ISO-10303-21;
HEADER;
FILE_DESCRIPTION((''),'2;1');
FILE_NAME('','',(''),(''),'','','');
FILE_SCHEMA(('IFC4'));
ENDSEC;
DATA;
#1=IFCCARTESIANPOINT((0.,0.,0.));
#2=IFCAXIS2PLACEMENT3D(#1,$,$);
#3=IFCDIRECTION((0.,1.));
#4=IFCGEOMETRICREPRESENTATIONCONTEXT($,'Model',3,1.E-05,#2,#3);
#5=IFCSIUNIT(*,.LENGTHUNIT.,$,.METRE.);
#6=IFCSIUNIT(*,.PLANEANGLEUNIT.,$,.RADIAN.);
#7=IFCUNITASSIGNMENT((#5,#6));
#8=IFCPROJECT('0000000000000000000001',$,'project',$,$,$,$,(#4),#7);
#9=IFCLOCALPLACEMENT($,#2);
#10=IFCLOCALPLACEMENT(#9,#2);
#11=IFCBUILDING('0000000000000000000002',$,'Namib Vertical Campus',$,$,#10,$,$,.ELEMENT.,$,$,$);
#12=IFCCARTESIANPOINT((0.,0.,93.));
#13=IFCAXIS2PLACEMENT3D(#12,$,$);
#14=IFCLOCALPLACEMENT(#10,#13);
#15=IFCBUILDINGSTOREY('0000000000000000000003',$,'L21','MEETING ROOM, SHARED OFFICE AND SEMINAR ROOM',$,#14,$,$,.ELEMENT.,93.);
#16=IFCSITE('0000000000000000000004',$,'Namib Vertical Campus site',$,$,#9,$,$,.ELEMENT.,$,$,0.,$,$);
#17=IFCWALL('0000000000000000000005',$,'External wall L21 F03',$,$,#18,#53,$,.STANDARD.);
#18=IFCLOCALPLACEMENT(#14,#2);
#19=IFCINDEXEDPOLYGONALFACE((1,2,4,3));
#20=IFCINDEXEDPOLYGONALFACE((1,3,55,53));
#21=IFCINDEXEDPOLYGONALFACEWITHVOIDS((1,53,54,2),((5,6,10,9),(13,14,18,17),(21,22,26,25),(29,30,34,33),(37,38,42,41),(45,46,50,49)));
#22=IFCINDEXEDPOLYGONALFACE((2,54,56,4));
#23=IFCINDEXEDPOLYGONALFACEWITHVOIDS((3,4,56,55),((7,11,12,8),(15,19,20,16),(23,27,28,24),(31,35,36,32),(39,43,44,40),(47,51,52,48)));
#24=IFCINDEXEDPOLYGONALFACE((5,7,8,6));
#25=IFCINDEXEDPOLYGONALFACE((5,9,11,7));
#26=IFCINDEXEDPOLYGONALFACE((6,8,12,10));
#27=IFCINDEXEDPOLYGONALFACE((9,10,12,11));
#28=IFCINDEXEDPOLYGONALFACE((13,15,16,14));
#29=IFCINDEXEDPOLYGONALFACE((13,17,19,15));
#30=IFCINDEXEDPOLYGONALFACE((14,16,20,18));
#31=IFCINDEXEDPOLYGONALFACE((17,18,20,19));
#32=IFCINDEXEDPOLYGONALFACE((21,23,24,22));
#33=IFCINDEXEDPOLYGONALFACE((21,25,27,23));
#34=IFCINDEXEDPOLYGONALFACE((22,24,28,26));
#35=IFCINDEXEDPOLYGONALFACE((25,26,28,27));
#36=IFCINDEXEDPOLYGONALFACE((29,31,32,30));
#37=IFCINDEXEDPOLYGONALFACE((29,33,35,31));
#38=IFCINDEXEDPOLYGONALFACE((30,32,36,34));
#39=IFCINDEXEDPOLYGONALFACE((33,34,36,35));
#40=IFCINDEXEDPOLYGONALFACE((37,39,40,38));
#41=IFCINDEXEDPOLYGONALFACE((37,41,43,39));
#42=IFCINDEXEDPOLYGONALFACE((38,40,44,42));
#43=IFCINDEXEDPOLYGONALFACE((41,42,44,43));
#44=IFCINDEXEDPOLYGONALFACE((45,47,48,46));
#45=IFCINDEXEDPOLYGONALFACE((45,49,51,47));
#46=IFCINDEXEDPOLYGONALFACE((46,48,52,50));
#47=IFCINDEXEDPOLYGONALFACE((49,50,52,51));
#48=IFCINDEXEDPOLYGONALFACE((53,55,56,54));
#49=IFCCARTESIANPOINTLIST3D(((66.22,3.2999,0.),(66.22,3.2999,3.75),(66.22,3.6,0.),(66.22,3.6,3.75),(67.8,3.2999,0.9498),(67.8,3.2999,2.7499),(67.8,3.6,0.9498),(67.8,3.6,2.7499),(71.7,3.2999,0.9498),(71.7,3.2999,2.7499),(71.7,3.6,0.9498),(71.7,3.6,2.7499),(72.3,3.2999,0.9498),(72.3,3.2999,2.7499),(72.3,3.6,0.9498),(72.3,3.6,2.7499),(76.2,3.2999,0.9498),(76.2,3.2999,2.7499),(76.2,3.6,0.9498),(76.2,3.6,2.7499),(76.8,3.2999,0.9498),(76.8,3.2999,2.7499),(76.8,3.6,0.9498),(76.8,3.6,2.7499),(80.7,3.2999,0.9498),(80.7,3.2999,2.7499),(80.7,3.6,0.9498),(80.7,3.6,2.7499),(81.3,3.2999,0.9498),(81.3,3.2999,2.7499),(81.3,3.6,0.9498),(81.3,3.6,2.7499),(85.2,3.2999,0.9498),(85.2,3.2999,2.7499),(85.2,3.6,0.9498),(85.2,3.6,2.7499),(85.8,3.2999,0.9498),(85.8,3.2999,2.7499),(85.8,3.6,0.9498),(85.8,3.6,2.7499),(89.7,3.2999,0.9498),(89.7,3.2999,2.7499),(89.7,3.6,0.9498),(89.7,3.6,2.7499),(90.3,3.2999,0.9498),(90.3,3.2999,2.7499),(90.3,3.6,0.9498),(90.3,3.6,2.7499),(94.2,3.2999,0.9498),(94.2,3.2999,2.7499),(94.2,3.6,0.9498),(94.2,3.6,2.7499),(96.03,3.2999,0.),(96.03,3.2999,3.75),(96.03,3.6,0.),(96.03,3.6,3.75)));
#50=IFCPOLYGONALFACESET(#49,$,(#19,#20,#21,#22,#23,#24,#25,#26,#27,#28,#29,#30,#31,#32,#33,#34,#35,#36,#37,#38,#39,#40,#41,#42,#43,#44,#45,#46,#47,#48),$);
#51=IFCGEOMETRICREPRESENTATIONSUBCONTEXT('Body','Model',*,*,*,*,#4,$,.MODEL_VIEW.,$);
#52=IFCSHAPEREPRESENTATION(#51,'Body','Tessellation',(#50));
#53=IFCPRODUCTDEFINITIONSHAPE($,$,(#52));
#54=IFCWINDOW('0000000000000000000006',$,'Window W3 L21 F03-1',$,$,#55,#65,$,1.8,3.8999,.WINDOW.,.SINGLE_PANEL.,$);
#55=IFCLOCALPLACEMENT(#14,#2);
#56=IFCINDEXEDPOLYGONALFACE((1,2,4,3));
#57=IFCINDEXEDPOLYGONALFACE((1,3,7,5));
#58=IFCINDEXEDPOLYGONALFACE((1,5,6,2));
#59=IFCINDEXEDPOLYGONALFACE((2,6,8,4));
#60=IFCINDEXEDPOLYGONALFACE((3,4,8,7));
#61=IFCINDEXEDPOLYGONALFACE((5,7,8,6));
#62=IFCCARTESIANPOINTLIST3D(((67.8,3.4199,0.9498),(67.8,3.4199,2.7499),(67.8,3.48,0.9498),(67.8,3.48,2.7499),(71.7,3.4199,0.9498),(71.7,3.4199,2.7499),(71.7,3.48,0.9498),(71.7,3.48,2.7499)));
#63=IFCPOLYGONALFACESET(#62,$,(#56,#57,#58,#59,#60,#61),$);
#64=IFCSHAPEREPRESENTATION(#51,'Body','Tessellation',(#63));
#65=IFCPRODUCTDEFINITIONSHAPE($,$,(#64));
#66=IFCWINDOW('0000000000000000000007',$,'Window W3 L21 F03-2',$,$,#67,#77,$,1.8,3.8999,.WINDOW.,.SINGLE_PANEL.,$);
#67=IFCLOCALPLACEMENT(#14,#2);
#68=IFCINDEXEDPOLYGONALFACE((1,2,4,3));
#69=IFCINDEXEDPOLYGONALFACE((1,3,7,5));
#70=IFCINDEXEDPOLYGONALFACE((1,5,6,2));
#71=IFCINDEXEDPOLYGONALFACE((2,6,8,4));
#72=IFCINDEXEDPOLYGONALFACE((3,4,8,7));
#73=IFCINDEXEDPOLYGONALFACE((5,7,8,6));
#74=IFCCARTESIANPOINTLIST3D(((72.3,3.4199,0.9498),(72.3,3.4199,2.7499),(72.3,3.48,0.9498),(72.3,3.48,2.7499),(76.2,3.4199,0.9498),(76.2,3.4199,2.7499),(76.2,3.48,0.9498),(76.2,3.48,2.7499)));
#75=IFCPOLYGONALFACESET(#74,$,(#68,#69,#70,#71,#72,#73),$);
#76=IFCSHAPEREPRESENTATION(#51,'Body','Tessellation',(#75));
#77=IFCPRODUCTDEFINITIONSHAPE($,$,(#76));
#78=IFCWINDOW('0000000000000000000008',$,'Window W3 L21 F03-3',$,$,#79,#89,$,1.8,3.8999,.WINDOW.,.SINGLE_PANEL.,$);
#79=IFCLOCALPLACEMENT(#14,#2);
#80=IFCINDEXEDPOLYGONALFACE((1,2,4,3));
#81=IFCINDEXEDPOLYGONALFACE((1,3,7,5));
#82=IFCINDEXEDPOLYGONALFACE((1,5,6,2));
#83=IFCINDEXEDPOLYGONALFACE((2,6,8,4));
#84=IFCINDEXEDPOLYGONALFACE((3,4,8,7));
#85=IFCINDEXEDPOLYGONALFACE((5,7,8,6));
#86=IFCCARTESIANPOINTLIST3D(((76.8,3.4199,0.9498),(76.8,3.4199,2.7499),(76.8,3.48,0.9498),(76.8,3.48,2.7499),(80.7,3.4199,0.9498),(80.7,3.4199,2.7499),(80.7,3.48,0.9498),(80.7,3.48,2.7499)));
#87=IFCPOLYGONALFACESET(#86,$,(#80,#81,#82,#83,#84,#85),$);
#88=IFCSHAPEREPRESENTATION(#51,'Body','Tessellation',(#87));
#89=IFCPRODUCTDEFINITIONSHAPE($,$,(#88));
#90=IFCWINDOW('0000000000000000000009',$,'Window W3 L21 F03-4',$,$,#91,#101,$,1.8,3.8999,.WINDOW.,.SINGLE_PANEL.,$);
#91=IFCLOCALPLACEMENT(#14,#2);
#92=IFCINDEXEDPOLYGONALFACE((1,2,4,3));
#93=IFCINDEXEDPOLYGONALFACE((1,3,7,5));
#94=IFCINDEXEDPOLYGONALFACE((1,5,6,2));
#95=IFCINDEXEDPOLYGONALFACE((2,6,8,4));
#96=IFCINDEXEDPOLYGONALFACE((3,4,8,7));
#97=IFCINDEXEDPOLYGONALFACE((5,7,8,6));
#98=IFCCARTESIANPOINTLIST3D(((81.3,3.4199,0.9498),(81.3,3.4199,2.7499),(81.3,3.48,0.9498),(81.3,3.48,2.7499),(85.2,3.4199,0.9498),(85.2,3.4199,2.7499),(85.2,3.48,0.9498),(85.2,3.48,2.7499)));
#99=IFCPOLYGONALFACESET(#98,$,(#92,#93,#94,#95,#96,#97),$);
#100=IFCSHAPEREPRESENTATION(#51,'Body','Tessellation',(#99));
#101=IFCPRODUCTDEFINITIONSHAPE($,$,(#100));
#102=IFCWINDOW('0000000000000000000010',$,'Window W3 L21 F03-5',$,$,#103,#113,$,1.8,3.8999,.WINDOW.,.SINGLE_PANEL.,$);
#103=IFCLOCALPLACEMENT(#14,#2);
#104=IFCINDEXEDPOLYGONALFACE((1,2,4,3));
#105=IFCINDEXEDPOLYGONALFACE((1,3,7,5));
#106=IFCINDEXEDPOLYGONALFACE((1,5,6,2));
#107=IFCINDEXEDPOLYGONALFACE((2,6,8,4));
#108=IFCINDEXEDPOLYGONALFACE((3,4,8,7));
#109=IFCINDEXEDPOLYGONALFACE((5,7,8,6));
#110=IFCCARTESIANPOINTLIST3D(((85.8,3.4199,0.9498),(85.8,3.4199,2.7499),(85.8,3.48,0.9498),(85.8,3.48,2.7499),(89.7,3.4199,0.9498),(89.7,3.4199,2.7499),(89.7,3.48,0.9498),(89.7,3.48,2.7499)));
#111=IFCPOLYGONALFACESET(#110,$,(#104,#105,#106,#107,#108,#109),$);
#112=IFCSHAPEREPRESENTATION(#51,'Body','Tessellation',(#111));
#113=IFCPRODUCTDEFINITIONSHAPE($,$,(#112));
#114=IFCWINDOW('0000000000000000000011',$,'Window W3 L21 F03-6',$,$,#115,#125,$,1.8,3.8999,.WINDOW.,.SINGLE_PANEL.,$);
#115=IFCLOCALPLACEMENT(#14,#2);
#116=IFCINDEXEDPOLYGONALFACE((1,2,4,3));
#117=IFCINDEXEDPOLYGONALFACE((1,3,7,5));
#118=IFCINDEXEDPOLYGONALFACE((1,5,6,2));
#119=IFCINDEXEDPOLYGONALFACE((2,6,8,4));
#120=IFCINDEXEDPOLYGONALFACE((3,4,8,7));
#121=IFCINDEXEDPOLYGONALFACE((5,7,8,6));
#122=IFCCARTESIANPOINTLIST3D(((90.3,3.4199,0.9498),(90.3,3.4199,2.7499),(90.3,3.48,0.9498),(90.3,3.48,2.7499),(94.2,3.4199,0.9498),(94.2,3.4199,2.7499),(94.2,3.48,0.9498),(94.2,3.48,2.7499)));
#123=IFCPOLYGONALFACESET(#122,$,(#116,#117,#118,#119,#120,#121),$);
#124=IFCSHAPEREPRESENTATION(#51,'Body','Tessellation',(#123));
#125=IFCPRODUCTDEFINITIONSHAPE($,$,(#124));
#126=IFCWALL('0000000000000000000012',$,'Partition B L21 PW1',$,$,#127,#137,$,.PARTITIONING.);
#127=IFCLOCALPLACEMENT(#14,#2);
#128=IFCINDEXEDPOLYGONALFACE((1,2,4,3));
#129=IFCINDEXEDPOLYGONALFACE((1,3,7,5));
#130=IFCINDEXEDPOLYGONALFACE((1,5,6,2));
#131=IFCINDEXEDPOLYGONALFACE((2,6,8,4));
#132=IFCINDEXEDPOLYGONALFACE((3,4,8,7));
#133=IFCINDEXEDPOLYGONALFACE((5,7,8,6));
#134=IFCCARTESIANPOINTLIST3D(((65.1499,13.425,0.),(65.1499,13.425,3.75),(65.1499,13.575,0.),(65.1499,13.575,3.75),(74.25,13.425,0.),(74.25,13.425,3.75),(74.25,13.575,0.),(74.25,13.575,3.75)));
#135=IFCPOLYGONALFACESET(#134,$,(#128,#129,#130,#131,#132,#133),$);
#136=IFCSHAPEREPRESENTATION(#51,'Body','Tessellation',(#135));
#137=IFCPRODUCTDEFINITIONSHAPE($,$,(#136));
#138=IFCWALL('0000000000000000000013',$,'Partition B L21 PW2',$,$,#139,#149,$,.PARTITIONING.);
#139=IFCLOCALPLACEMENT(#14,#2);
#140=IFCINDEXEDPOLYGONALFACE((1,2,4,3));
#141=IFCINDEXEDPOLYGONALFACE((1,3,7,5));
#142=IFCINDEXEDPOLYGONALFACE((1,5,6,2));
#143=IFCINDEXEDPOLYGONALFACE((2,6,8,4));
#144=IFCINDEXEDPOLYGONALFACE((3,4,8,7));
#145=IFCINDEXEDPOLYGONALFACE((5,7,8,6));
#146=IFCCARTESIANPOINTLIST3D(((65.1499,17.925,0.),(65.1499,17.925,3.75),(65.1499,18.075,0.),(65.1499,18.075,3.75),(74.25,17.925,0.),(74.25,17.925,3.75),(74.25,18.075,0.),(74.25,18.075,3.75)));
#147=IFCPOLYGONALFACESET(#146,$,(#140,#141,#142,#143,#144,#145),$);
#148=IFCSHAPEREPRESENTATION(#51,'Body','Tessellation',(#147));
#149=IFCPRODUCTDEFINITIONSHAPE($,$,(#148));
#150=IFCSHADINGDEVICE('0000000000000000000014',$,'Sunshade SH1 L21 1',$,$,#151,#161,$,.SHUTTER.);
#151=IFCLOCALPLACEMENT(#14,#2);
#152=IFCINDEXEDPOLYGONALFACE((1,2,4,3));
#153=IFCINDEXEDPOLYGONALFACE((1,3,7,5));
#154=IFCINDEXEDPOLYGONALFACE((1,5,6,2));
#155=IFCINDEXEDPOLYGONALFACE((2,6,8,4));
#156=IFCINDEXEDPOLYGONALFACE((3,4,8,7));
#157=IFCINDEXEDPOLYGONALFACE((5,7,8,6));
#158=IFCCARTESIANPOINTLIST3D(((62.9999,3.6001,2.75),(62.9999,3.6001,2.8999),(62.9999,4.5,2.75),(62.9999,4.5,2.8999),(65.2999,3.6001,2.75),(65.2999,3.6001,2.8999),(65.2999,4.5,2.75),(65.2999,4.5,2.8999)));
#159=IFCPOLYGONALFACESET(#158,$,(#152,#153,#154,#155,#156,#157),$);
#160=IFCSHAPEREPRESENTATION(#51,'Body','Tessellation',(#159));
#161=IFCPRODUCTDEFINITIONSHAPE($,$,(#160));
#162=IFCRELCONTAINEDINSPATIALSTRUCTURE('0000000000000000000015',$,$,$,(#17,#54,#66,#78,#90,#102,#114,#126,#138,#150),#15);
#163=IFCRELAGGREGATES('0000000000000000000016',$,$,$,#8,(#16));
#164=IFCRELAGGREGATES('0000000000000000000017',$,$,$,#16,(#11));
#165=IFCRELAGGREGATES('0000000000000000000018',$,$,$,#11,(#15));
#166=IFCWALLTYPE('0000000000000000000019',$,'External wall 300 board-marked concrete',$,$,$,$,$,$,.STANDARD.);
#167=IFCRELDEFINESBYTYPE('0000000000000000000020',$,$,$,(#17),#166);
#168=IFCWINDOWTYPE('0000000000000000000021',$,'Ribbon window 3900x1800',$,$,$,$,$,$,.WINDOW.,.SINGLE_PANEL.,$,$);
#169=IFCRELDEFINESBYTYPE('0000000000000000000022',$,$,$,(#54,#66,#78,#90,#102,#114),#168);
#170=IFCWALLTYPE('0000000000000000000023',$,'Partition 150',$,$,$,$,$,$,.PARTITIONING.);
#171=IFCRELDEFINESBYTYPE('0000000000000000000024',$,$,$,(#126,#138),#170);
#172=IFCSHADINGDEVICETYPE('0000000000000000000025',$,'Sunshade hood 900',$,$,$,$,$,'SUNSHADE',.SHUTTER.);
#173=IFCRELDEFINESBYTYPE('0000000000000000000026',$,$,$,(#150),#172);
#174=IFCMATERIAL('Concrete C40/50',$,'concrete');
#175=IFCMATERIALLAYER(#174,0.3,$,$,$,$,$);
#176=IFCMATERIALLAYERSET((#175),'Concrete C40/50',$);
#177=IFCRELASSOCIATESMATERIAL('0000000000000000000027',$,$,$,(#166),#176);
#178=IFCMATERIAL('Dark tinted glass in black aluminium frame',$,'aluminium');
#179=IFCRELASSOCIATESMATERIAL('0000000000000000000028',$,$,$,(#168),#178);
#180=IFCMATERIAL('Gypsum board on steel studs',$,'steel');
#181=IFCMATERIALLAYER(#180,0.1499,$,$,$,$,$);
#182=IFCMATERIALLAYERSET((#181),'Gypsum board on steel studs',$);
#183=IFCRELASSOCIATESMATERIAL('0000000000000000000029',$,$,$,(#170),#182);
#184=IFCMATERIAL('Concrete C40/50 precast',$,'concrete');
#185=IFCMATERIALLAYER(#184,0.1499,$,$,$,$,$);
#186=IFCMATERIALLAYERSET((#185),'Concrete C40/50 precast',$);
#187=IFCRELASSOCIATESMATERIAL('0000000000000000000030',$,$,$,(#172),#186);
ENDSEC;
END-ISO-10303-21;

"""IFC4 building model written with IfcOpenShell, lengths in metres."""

from ifc_helpers import new_model, si_unit, direction, frame, frame_2d, origin, origin_2d, place, context, subcontext, project, spatial, rectangle, extrude, material, layer, layer_set, type_object, element, fill, save


model = new_model("IFC4")

# Units and contexts
model_context = context("Model", 3, precision=1e-05, world=origin(), true_north=direction((0.0, 1.0)))
body_context = subcontext(model_context, "Body", "Model", "MODEL_VIEW")
ifc_project = project(units=[si_unit("LENGTHUNIT", "METRE"), si_unit("PLANEANGLEUNIT", "RADIAN")], contexts=[model_context])

# Site, building, storey
site_placement = place(None, origin())
site = spatial("IfcSite", under=ifc_project, at=site_placement, Name="Namib Vertical Campus site", CompositionType="ELEMENT", RefElevation=0.0)
building_placement = place(site_placement, origin())
building = spatial("IfcBuilding", under=site, at=building_placement, Name="Namib Vertical Campus", CompositionType="ELEMENT")
storey_placement = place(building_placement, frame((0.0, 0.0, 93.0)))
storey = spatial("IfcBuildingStorey", under=building, at=storey_placement, Name="L21", Description="MEETING ROOM, SHARED OFFICE AND SEMINAR ROOM", CompositionType="ELEMENT", Elevation=93.0)

# Shared definitions
ifc_material_1 = material(Name="Concrete C40/50", Category="concrete")
ifc_layer_1 = layer(ifc_material_1, 0.3)
ifc_layer_set_1 = layer_set([ifc_layer_1], Name="Concrete C40/50")
wall_type_1 = type_object("IfcWallType", Name="External wall 300 board-marked concrete", PredefinedType="STANDARD", material=ifc_layer_set_1)
ifc_material_2 = material(Name="Dark tinted glass in black aluminium frame", Category="aluminium")
window_type = type_object("IfcWindowType", Name="Ribbon window 3900x1800", PartitioningType="SINGLE_PANEL", PredefinedType="WINDOW", material=ifc_material_2)

# Wall, openings, windows
wall_1_placement = place(storey_placement, frame((66.22, 3.45, 0.0), z_axis=(0.0, 0.0, 1.0), x_axis=(1.0, 0.0, 0.0)))
wall_1 = element("IfcWall", 1, at=wall_1_placement, inside=storey, type_object=wall_type_1, Name="External wall L21 F03", PredefinedType="STANDARD", context=body_context, shape_type="SweptSolid", body=[
    extrude(rectangle(XDim=29.8101, YDim=0.3, at=frame_2d((14.905, 0.0))), origin(), (0.0, 0.0, 1.0), 3.75),
])
opening_1_placement = place(wall_1_placement, frame((1.5801, 0.0, 0.95)))
opening_1 = element("IfcOpeningElement", 2, at=opening_1_placement, cuts=wall_1, PredefinedType="OPENING", context=body_context, shape_type="SweptSolid", body=[
    extrude(rectangle(XDim=3.8999, YDim=1.8, at=frame_2d((1.95, 0.8999))), frame((0.0, 0.1599, 0.0), z_axis=(0.0, -1.0, 0.0), x_axis=(1.0, 0.0, 0.0)), (0.0, 0.0, 1.0), 0.3201),
])
opening_2_placement = place(wall_1_placement, frame((6.0801, 0.0, 0.95)))
opening_2 = element("IfcOpeningElement", 3, at=opening_2_placement, cuts=wall_1, PredefinedType="OPENING", context=body_context, shape_type="SweptSolid", body=[
    extrude(rectangle(XDim=3.8999, YDim=1.8, at=frame_2d((1.95, 0.8999))), frame((0.0, 0.1599, 0.0), z_axis=(0.0, -1.0, 0.0), x_axis=(1.0, 0.0, 0.0)), (0.0, 0.0, 1.0), 0.3201),
])
opening_3_placement = place(wall_1_placement, frame((10.5801, 0.0, 0.95)))
opening_3 = element("IfcOpeningElement", 4, at=opening_3_placement, cuts=wall_1, PredefinedType="OPENING", context=body_context, shape_type="SweptSolid", body=[
    extrude(rectangle(XDim=3.8999, YDim=1.8, at=frame_2d((1.95, 0.8999))), frame((0.0, 0.1599, 0.0), z_axis=(0.0, -1.0, 0.0), x_axis=(1.0, 0.0, 0.0)), (0.0, 0.0, 1.0), 0.3201),
])
opening_4_placement = place(wall_1_placement, frame((15.0801, 0.0, 0.95)))
opening_4 = element("IfcOpeningElement", 5, at=opening_4_placement, cuts=wall_1, PredefinedType="OPENING", context=body_context, shape_type="SweptSolid", body=[
    extrude(rectangle(XDim=3.8999, YDim=1.8, at=frame_2d((1.95, 0.8999))), frame((0.0, 0.1599, 0.0), z_axis=(0.0, -1.0, 0.0), x_axis=(1.0, 0.0, 0.0)), (0.0, 0.0, 1.0), 0.3201),
])
opening_5_placement = place(wall_1_placement, frame((19.5801, 0.0, 0.95)))
opening_5 = element("IfcOpeningElement", 6, at=opening_5_placement, cuts=wall_1, PredefinedType="OPENING", context=body_context, shape_type="SweptSolid", body=[
    extrude(rectangle(XDim=3.8999, YDim=1.8, at=frame_2d((1.95, 0.8999))), frame((0.0, 0.1599, 0.0), z_axis=(0.0, -1.0, 0.0), x_axis=(1.0, 0.0, 0.0)), (0.0, 0.0, 1.0), 0.3201),
])
opening_6_placement = place(wall_1_placement, frame((24.0801, 0.0, 0.95)))
opening_6 = element("IfcOpeningElement", 7, at=opening_6_placement, cuts=wall_1, PredefinedType="OPENING", context=body_context, shape_type="SweptSolid", body=[
    extrude(rectangle(XDim=3.8999, YDim=1.8, at=frame_2d((1.95, 0.8999))), frame((0.0, 0.1599, 0.0), z_axis=(0.0, -1.0, 0.0), x_axis=(1.0, 0.0, 0.0)), (0.0, 0.0, 1.0), 0.3201),
])
window_1_placement = place(opening_1_placement, origin())
window_1 = element("IfcWindow", 8, at=window_1_placement, inside=storey, type_object=window_type, Name="Window W3 L21 F03-1", OverallHeight=1.8, OverallWidth=3.8999, PartitioningType="SINGLE_PANEL", PredefinedType="WINDOW", context=body_context, shape_type="SweptSolid", body=[
    extrude(rectangle(XDim=3.8999, YDim=1.8, at=frame_2d((1.95, 0.8999))), frame((0.0, 0.03, 0.0), z_axis=(0.0, -1.0, 0.0), x_axis=(1.0, 0.0, 0.0)), (0.0, 0.0, 1.0), 0.0601),
])
fill(opening_1, window_1)
window_2_placement = place(opening_2_placement, origin())
window_2 = element("IfcWindow", 9, at=window_2_placement, inside=storey, type_object=window_type, Name="Window W3 L21 F03-2", OverallHeight=1.8, OverallWidth=3.8999, PartitioningType="SINGLE_PANEL", PredefinedType="WINDOW", context=body_context, shape_type="SweptSolid", body=[
    extrude(rectangle(XDim=3.8999, YDim=1.8, at=frame_2d((1.95, 0.8999))), frame((0.0, 0.03, 0.0), z_axis=(0.0, -1.0, 0.0), x_axis=(1.0, 0.0, 0.0)), (0.0, 0.0, 1.0), 0.0601),
])
fill(opening_2, window_2)
window_3_placement = place(opening_3_placement, origin())
window_3 = element("IfcWindow", 10, at=window_3_placement, inside=storey, type_object=window_type, Name="Window W3 L21 F03-3", OverallHeight=1.8, OverallWidth=3.8999, PartitioningType="SINGLE_PANEL", PredefinedType="WINDOW", context=body_context, shape_type="SweptSolid", body=[
    extrude(rectangle(XDim=3.8999, YDim=1.8, at=frame_2d((1.95, 0.8999))), frame((0.0, 0.03, 0.0), z_axis=(0.0, -1.0, 0.0), x_axis=(1.0, 0.0, 0.0)), (0.0, 0.0, 1.0), 0.0601),
])
fill(opening_3, window_3)
window_4_placement = place(opening_4_placement, origin())
window_4 = element("IfcWindow", 11, at=window_4_placement, inside=storey, type_object=window_type, Name="Window W3 L21 F03-4", OverallHeight=1.8, OverallWidth=3.8999, PartitioningType="SINGLE_PANEL", PredefinedType="WINDOW", context=body_context, shape_type="SweptSolid", body=[
    extrude(rectangle(XDim=3.8999, YDim=1.8, at=frame_2d((1.95, 0.8999))), frame((0.0, 0.03, 0.0), z_axis=(0.0, -1.0, 0.0), x_axis=(1.0, 0.0, 0.0)), (0.0, 0.0, 1.0), 0.0601),
])
fill(opening_4, window_4)
window_5_placement = place(opening_5_placement, origin())
window_5 = element("IfcWindow", 12, at=window_5_placement, inside=storey, type_object=window_type, Name="Window W3 L21 F03-5", OverallHeight=1.8, OverallWidth=3.8999, PartitioningType="SINGLE_PANEL", PredefinedType="WINDOW", context=body_context, shape_type="SweptSolid", body=[
    extrude(rectangle(XDim=3.8999, YDim=1.8, at=frame_2d((1.95, 0.8999))), frame((0.0, 0.03, 0.0), z_axis=(0.0, -1.0, 0.0), x_axis=(1.0, 0.0, 0.0)), (0.0, 0.0, 1.0), 0.0601),
])
fill(opening_5, window_5)
window_6_placement = place(opening_6_placement, origin())
window_6 = element("IfcWindow", 13, at=window_6_placement, inside=storey, type_object=window_type, Name="Window W3 L21 F03-6", OverallHeight=1.8, OverallWidth=3.8999, PartitioningType="SINGLE_PANEL", PredefinedType="WINDOW", context=body_context, shape_type="SweptSolid", body=[
    extrude(rectangle(XDim=3.8999, YDim=1.8, at=frame_2d((1.95, 0.8999))), frame((0.0, 0.03, 0.0), z_axis=(0.0, -1.0, 0.0), x_axis=(1.0, 0.0, 0.0)), (0.0, 0.0, 1.0), 0.0601),
])
fill(opening_6, window_6)

# Walls
ifc_material_3 = material(Name="Gypsum board on steel studs", Category="steel")
ifc_layer_2 = layer(ifc_material_3, 0.1499)
ifc_layer_set_2 = layer_set([ifc_layer_2], Name="Gypsum board on steel studs")
wall_type_2 = type_object("IfcWallType", Name="Partition 150", PredefinedType="PARTITIONING", material=ifc_layer_set_2)
for number, where, z_axis, x_axis, name in (
    (14, (65.1499, 13.5, 0.0), (0.0, 0.0, 1.0), (1.0, 0.0, 0.0), "Partition B L21 PW1"),
    (15, (65.1499, 18.0, 0.0), (0.0, 0.0, 1.0), (1.0, 0.0, 0.0), "Partition B L21 PW2"),
):
    element("IfcWall", number, at=place(storey_placement, frame(where, z_axis=z_axis, x_axis=x_axis)), inside=storey, type_object=wall_type_2, Name=name, PredefinedType="PARTITIONING", context=body_context, shape_type="SweptSolid", body=[
        extrude(rectangle(XDim=9.1001, YDim=0.1499, at=frame_2d((4.55, 0.0))), origin(), (0.0, 0.0, 1.0), 3.75),
    ])

# Shading device
ifc_material_4 = material(Name="Concrete C40/50 precast", Category="concrete")
ifc_layer_3 = layer(ifc_material_4, 0.1499)
ifc_layer_set_3 = layer_set([ifc_layer_3], Name="Concrete C40/50 precast")
shading_device_type = type_object("IfcShadingDeviceType", Name="Sunshade hood 900", ElementType="SUNSHADE", PredefinedType="SHUTTER", material=ifc_layer_set_3)
shading_device_placement = place(storey_placement, frame((64.1499, 4.05, 2.75), z_axis=(0.0, 0.0, 1.0), x_axis=(1.0, 0.0, 0.0)))
element("IfcShadingDevice", 16, at=shading_device_placement, inside=storey, type_object=shading_device_type, Name="Sunshade SH1 L21 1", PredefinedType="SHUTTER", context=body_context, shape_type="SweptSolid", body=[
    extrude(rectangle(XDim=2.3, YDim=0.8999, at=origin_2d()), origin(), (0.0, 0.0, 1.0), 0.1499),
])

save(model, "model.ifc")
